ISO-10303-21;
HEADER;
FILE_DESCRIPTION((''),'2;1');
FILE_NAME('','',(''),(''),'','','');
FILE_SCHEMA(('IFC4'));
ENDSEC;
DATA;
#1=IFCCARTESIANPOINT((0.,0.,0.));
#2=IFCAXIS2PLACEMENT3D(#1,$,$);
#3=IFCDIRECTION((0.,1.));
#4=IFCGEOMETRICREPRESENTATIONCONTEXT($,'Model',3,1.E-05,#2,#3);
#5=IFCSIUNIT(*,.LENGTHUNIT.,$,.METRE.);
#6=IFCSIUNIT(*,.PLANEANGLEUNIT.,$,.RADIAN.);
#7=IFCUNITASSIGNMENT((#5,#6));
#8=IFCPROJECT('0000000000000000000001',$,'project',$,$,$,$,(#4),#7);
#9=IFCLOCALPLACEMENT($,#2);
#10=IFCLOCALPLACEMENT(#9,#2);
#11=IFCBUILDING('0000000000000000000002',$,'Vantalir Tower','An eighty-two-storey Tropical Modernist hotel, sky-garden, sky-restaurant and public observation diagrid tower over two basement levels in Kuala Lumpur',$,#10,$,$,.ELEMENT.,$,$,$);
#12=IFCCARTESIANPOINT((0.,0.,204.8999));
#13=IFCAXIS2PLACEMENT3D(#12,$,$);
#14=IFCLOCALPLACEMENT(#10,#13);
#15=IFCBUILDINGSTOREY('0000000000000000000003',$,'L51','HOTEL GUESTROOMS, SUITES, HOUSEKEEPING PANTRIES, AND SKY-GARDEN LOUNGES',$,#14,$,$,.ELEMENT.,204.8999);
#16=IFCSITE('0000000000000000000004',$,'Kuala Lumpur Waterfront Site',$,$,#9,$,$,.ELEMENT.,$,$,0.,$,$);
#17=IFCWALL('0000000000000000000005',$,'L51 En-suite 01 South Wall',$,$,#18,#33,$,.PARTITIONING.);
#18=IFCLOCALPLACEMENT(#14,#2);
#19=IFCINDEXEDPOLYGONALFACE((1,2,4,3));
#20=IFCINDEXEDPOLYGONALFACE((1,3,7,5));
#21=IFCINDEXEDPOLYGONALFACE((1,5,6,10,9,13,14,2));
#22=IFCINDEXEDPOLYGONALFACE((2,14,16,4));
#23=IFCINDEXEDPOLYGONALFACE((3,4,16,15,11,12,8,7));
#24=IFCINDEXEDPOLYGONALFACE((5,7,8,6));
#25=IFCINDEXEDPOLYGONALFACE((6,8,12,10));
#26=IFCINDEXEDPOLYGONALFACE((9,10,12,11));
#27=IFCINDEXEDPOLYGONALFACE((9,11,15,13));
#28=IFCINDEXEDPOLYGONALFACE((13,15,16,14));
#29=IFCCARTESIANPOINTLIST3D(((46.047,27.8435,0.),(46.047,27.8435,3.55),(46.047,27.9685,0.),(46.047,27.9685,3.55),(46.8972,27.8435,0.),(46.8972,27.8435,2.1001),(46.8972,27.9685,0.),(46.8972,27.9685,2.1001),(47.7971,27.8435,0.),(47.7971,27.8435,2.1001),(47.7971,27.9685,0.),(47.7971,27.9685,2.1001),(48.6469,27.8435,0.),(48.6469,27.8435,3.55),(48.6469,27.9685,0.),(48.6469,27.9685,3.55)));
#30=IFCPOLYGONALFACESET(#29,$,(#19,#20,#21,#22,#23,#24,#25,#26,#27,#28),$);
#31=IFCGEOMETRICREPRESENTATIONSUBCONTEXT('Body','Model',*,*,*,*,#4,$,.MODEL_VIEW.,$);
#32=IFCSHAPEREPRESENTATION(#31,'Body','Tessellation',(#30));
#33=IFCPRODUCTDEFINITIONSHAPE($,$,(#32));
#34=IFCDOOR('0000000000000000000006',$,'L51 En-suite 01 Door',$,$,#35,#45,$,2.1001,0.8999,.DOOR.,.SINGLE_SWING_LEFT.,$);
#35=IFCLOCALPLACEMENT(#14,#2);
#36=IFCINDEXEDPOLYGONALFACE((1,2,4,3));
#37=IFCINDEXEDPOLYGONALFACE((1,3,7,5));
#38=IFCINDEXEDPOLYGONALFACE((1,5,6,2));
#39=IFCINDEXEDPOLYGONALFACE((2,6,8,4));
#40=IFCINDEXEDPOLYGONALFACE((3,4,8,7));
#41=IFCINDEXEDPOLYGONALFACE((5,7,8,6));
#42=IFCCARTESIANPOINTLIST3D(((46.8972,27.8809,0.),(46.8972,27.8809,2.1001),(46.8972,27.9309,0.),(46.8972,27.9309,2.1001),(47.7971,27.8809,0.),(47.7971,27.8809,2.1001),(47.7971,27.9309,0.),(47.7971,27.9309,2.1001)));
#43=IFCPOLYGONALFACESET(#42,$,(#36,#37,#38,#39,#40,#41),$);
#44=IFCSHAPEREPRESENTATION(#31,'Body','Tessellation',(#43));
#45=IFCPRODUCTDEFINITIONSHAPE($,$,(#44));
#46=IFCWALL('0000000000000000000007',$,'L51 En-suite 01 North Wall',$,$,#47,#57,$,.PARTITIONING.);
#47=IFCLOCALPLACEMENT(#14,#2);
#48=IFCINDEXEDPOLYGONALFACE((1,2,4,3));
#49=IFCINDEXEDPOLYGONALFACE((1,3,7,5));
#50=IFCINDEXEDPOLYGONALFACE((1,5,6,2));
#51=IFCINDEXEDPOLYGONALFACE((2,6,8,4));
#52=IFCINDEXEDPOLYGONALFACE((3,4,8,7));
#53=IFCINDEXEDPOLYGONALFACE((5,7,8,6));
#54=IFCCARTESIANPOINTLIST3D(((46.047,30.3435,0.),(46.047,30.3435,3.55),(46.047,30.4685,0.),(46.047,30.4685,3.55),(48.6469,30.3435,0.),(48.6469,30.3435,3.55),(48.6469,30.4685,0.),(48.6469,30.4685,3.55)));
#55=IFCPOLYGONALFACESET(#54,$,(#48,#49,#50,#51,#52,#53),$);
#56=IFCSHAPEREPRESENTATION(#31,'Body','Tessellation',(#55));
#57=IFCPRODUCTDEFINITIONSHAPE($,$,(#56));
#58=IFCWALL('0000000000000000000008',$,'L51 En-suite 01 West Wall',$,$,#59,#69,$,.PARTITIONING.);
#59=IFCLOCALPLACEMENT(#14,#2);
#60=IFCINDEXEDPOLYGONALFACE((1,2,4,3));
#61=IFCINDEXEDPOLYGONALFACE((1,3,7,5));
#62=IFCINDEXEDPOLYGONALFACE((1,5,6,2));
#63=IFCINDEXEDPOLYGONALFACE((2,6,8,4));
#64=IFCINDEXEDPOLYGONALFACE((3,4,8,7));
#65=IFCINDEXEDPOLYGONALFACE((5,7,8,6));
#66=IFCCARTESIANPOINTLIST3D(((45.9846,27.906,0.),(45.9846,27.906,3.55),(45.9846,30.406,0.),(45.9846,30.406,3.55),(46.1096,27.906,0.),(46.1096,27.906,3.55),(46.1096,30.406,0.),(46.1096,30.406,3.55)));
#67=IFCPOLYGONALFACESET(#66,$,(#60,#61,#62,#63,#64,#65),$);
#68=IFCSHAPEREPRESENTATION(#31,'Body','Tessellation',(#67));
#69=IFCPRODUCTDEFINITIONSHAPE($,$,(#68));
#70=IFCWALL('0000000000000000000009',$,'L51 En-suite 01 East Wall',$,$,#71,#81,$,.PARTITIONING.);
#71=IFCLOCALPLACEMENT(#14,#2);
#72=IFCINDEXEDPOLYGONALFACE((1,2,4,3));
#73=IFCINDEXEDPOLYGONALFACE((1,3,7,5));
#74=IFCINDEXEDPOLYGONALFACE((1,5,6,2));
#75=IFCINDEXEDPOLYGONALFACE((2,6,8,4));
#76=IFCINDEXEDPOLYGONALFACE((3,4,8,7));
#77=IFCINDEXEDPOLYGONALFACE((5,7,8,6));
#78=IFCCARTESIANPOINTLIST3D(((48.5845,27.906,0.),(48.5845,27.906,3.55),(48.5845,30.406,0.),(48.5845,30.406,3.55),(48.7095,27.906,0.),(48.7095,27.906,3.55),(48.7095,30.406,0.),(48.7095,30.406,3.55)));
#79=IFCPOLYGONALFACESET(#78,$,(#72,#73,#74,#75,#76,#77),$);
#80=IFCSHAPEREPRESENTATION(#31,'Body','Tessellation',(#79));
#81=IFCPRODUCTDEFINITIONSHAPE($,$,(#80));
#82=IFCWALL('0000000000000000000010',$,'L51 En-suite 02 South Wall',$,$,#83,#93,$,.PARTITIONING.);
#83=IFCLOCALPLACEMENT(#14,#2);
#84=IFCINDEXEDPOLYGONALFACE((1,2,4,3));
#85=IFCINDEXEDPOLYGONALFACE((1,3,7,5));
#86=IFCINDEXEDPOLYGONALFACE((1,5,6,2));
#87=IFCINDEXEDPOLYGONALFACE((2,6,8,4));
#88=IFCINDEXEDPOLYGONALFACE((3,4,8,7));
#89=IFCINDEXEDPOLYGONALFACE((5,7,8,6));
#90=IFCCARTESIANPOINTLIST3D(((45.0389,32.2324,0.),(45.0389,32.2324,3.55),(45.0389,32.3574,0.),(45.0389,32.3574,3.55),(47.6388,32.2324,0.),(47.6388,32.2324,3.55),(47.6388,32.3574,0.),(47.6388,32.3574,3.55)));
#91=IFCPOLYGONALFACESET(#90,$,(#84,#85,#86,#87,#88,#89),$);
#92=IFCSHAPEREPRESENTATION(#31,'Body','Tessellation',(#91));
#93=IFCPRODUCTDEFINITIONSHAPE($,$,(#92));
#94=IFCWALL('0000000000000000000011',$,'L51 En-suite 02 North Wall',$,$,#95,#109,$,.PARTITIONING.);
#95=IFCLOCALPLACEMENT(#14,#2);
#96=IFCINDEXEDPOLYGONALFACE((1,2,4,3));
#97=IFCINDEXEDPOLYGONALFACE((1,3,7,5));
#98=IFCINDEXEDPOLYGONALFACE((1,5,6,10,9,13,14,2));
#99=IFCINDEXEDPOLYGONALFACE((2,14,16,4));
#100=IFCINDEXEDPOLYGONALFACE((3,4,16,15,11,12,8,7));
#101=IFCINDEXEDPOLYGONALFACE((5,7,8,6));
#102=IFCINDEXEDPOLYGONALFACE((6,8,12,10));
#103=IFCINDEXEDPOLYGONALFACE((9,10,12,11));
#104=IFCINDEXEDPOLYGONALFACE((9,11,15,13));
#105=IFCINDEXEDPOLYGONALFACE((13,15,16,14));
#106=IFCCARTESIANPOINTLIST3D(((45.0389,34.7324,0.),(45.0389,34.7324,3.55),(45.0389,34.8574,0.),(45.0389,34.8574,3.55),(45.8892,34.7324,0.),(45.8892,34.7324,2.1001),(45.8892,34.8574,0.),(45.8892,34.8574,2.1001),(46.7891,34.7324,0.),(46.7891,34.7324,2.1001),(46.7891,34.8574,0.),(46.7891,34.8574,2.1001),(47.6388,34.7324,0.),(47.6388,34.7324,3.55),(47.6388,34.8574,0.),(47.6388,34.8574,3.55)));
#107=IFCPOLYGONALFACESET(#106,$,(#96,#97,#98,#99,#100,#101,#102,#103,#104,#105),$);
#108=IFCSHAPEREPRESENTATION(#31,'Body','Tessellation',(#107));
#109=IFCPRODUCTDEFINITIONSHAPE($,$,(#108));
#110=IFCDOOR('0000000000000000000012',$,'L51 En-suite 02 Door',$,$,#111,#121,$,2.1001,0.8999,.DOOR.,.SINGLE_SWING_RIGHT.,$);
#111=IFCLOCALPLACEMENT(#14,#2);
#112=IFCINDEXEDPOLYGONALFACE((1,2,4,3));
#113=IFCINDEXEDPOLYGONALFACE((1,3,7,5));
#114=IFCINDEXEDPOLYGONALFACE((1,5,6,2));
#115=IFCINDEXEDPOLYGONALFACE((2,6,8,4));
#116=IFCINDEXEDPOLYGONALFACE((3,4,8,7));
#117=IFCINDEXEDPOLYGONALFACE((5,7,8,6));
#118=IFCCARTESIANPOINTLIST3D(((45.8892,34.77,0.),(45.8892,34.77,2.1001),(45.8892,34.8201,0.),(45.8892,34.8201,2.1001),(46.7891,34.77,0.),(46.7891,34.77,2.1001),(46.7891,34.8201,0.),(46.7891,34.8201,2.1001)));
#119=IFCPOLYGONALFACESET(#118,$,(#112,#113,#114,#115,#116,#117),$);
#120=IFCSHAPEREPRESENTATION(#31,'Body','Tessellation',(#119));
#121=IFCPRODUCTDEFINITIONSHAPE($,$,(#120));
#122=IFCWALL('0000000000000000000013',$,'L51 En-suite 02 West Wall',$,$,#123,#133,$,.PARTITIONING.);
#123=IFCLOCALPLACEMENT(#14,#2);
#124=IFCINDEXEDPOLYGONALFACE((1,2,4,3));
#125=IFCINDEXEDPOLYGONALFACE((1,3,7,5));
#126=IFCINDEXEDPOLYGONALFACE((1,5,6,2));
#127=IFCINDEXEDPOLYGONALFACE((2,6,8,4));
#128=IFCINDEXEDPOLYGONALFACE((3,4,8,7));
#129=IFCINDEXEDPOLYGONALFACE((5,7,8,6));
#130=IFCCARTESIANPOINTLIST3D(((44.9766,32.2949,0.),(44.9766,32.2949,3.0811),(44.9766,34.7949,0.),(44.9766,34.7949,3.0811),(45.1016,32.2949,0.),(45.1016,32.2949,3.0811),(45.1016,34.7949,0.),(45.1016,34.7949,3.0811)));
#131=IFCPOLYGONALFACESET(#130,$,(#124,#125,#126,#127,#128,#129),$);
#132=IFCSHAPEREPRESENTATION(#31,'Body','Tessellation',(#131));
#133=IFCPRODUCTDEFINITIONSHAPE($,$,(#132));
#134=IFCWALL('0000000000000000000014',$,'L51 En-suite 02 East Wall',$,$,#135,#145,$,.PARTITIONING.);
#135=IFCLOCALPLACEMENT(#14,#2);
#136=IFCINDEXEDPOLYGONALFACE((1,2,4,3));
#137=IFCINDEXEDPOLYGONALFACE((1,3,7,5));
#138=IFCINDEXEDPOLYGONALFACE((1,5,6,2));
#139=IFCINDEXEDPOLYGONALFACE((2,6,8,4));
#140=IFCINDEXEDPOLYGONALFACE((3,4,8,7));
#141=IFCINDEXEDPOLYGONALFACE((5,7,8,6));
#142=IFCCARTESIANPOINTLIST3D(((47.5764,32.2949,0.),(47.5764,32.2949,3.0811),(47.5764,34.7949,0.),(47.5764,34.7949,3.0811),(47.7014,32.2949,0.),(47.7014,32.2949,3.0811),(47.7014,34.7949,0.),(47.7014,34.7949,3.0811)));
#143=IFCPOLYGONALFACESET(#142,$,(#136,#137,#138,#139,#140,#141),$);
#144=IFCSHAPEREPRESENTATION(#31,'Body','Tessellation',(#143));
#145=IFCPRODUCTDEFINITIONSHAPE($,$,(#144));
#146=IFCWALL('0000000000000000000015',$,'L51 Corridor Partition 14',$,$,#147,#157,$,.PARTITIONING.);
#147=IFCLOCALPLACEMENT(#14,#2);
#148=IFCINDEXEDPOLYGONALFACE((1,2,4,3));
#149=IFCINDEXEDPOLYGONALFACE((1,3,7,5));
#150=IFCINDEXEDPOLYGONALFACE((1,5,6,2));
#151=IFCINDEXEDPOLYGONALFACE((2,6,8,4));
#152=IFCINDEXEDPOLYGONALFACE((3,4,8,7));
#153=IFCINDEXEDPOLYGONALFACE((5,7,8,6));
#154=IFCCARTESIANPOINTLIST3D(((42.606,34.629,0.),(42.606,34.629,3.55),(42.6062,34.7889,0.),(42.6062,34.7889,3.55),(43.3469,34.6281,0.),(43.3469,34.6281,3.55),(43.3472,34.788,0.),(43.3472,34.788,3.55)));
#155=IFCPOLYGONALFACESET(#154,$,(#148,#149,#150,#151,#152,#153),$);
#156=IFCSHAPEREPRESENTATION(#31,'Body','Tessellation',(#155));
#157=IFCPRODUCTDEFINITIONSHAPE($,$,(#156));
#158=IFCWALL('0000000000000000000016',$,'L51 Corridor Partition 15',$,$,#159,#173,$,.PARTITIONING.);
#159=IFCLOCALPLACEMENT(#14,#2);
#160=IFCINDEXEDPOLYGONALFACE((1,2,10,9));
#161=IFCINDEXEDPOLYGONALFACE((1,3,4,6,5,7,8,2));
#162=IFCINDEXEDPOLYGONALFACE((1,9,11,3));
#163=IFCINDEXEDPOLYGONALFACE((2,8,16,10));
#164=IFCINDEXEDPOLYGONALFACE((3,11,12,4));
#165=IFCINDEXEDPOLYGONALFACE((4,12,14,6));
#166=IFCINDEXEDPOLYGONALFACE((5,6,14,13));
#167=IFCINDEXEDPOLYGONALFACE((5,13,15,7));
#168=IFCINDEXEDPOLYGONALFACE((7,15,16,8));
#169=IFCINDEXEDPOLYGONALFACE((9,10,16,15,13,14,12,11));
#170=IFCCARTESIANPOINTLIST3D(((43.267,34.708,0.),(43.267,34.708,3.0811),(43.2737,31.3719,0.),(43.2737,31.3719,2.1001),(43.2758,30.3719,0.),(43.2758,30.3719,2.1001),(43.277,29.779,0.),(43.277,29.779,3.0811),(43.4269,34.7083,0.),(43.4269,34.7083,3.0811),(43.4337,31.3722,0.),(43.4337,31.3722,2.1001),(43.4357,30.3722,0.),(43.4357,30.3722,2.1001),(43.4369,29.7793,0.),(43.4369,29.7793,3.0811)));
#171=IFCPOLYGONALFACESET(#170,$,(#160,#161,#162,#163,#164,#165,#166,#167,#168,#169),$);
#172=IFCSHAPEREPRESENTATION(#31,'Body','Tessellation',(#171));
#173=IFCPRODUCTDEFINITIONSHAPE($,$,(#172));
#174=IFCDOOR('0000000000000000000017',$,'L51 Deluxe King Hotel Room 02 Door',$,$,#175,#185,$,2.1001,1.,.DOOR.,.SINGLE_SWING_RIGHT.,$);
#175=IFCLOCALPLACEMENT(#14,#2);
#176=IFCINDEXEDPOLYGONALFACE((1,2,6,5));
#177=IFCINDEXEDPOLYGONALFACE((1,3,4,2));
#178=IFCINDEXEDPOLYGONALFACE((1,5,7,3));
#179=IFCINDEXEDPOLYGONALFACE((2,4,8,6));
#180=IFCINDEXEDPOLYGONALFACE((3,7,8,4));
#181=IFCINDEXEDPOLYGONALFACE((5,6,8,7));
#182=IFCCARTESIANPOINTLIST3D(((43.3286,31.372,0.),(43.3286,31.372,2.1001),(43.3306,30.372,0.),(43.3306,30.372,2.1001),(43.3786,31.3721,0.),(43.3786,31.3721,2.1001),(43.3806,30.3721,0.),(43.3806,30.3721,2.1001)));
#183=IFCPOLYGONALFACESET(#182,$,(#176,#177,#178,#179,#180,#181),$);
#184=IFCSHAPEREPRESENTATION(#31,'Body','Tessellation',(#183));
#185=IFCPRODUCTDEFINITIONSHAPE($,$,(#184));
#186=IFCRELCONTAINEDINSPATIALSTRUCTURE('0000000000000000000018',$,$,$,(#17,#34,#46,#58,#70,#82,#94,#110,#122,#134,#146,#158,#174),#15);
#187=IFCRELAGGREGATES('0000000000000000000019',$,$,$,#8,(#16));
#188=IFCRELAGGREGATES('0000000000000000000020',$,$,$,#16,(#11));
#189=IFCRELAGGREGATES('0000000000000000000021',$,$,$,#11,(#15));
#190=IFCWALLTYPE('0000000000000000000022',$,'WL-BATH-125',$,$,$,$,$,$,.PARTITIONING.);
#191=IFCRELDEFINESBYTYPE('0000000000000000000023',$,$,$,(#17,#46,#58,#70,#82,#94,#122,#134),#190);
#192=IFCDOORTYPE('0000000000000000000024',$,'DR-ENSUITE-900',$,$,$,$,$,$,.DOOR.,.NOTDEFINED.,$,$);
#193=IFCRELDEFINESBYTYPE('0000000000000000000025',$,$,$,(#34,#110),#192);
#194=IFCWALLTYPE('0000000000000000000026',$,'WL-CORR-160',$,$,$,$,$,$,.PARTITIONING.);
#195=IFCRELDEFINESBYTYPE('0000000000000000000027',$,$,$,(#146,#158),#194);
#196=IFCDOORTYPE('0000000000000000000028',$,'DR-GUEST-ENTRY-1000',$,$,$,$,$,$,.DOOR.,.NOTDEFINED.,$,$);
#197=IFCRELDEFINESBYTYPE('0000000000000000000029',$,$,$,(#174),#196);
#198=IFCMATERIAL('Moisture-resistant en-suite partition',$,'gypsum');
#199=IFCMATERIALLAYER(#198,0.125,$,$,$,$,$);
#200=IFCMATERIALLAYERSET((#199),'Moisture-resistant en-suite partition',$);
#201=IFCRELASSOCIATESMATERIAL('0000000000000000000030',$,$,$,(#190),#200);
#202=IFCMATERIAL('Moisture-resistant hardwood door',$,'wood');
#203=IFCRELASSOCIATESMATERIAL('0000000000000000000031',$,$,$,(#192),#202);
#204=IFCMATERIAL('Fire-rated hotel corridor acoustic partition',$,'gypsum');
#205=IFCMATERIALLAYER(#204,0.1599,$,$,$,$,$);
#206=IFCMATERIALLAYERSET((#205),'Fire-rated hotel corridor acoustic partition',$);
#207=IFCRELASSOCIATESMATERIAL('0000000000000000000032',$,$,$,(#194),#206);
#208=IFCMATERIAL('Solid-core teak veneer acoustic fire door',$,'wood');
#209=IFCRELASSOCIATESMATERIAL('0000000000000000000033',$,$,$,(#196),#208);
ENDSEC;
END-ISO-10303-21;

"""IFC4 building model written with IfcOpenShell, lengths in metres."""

from ifc_helpers import new_model, si_unit, direction, frame, frame_2d, origin, place, context, subcontext, project, spatial, rectangle, extrude, material, layer, layer_set, type_object, element, fill, save


model = new_model("IFC4")

# Units and contexts
model_context = context("Model", 3, precision=1e-05, world=origin(), true_north=direction((0.0, 1.0)))
body_context = subcontext(model_context, "Body", "Model", "MODEL_VIEW")
ifc_project = project(units=[si_unit("LENGTHUNIT", "METRE"), si_unit("PLANEANGLEUNIT", "RADIAN")], contexts=[model_context])

# Site, building, storey
site_placement = place(None, origin())
site = spatial("IfcSite", under=ifc_project, at=site_placement, Name="Kuala Lumpur Waterfront Site", CompositionType="ELEMENT", RefElevation=0.0)
building_placement = place(site_placement, origin())
building = spatial("IfcBuilding", under=site, at=building_placement, Name="Vantalir Tower", Description="An eighty-two-storey Tropical Modernist hotel, sky-garden, sky-restaurant and public observation diagrid tower over two basement levels in Kuala Lumpur", CompositionType="ELEMENT")
storey_placement = place(building_placement, frame((0.0, 0.0, 204.8999)))
storey = spatial("IfcBuildingStorey", under=building, at=storey_placement, Name="L51", Description="HOTEL GUESTROOMS, SUITES, HOUSEKEEPING PANTRIES, AND SKY-GARDEN LOUNGES", CompositionType="ELEMENT", Elevation=204.8999)

# Wall, opening, door
ifc_material_1 = material(Name="Moisture-resistant en-suite partition", Category="gypsum")
ifc_layer_1 = layer(ifc_material_1, 0.125)
ifc_layer_set_1 = layer_set([ifc_layer_1], Name="Moisture-resistant en-suite partition")
wall_type_1 = type_object("IfcWallType", Name="WL-BATH-125", PredefinedType="PARTITIONING", material=ifc_layer_set_1)
wall_1_placement = place(storey_placement, frame((46.0471, 27.906, 0.0), z_axis=(0.0, 0.0, 1.0), x_axis=(1.0, 0.0, 0.0)))
wall_1 = element("IfcWall", 1, at=wall_1_placement, inside=storey, type_object=wall_type_1, Name="L51 En-suite 01 South Wall", PredefinedType="PARTITIONING", context=body_context, shape_type="SweptSolid", body=[
    extrude(rectangle(XDim=2.5999, YDim=0.125, at=frame_2d((1.2998, 0.0))), origin(), (0.0, 0.0, 1.0), 3.55),
])
opening_1_placement = place(wall_1_placement, frame((0.8501, 0.0, 0.0)))
opening_1 = element("IfcOpeningElement", 2, at=opening_1_placement, cuts=wall_1, PredefinedType="OPENING", context=body_context, shape_type="SweptSolid", body=[
    extrude(rectangle(XDim=0.8999, YDim=2.1001, at=frame_2d((0.45, 1.05))), frame((0.0, 0.0725, 0.0), z_axis=(0.0, -1.0, 0.0), x_axis=(1.0, 0.0, 0.0)), (0.0, 0.0, 1.0), 0.145),
])
ifc_material_2 = material(Name="Moisture-resistant hardwood door", Category="wood")
door_type_1 = type_object("IfcDoorType", Name="DR-ENSUITE-900", OperationType="NOTDEFINED", PredefinedType="DOOR", material=ifc_material_2)
door_1_placement = place(opening_1_placement, origin())
door_1 = element("IfcDoor", 3, at=door_1_placement, inside=storey, type_object=door_type_1, Name="L51 En-suite 01 Door", OperationType="SINGLE_SWING_LEFT", OverallHeight=2.1001, OverallWidth=0.8999, PredefinedType="DOOR", context=body_context, shape_type="SweptSolid", body=[
    extrude(rectangle(XDim=0.8999, YDim=2.1001, at=frame_2d((0.45, 1.05))), frame((0.0, 0.0249, 0.0), z_axis=(0.0, -1.0, 0.0), x_axis=(1.0, 0.0, 0.0)), (0.0, 0.0, 1.0), 0.05),
])
fill(opening_1, door_1)

# Walls
wall_2_placement = place(storey_placement, frame((46.0471, 30.406, 0.0), z_axis=(0.0, 0.0, 1.0), x_axis=(1.0, 0.0, 0.0)))
element("IfcWall", 4, at=wall_2_placement, inside=storey, type_object=wall_type_1, Name="L51 En-suite 01 North Wall", PredefinedType="PARTITIONING", context=body_context, shape_type="SweptSolid", body=[
    extrude(rectangle(XDim=2.5999, YDim=0.125, at=frame_2d((1.2998, 0.0))), origin(), (0.0, 0.0, 1.0), 3.55),
])
for number, where, z_axis, x_axis, name in (
    (5, (46.0471, 27.906, 0.0), (0.0, 0.0, 1.0), (0.0, 1.0, 0.0), "L51 En-suite 01 West Wall"),
    (6, (48.647, 27.906, 0.0), (0.0, 0.0, 1.0), (0.0, 1.0, 0.0), "L51 En-suite 01 East Wall"),
):
    element("IfcWall", number, at=place(storey_placement, frame(where, z_axis=z_axis, x_axis=x_axis)), inside=storey, type_object=wall_type_1, Name=name, PredefinedType="PARTITIONING", context=body_context, shape_type="SweptSolid", body=[
        extrude(rectangle(XDim=2.5, YDim=0.125, at=frame_2d((1.25, 0.0))), origin(), (0.0, 0.0, 1.0), 3.55),
    ])
wall_3_placement = place(storey_placement, frame((45.0391, 32.2949, 0.0), z_axis=(0.0, 0.0, 1.0), x_axis=(1.0, 0.0, 0.0)))
element("IfcWall", 7, at=wall_3_placement, inside=storey, type_object=wall_type_1, Name="L51 En-suite 02 South Wall", PredefinedType="PARTITIONING", context=body_context, shape_type="SweptSolid", body=[
    extrude(rectangle(XDim=2.5999, YDim=0.125, at=frame_2d((1.2998, 0.0))), origin(), (0.0, 0.0, 1.0), 3.55),
])

# Wall, opening, door
wall_4_placement = place(storey_placement, frame((45.0391, 34.7949, 0.0), z_axis=(0.0, 0.0, 1.0), x_axis=(1.0, 0.0, 0.0)))
wall_4 = element("IfcWall", 8, at=wall_4_placement, inside=storey, type_object=wall_type_1, Name="L51 En-suite 02 North Wall", PredefinedType="PARTITIONING", context=body_context, shape_type="SweptSolid", body=[
    extrude(rectangle(XDim=2.5999, YDim=0.125, at=frame_2d((1.2998, 0.0))), origin(), (0.0, 0.0, 1.0), 3.55),
])
opening_2_placement = place(wall_4_placement, frame((0.8501, 0.0, 0.0)))
opening_2 = element("IfcOpeningElement", 9, at=opening_2_placement, cuts=wall_4, PredefinedType="OPENING", context=body_context, shape_type="SweptSolid", body=[
    extrude(rectangle(XDim=0.8999, YDim=2.1001, at=frame_2d((0.45, 1.05))), frame((0.0, 0.0725, 0.0), z_axis=(0.0, -1.0, 0.0), x_axis=(1.0, 0.0, 0.0)), (0.0, 0.0, 1.0), 0.145),
])
door_2_placement = place(opening_2_placement, frame((0.8999, 0.0, 0.0), z_axis=(0.0, 0.0, 1.0), x_axis=(-1.0, 0.0, 0.0)))
door_2 = element("IfcDoor", 10, at=door_2_placement, inside=storey, type_object=door_type_1, Name="L51 En-suite 02 Door", OperationType="SINGLE_SWING_RIGHT", OverallHeight=2.1001, OverallWidth=0.8999, PredefinedType="DOOR", context=body_context, shape_type="SweptSolid", body=[
    extrude(rectangle(XDim=0.8999, YDim=2.1001, at=frame_2d((0.45, 1.05))), frame((0.0, 0.0249, 0.0), z_axis=(0.0, -1.0, 0.0), x_axis=(1.0, 0.0, 0.0)), (0.0, 0.0, 1.0), 0.05),
])
fill(opening_2, door_2)

# Walls
for number, where, z_axis, x_axis, name in (
    (11, (45.0391, 32.2949, 0.0), (0.0, 0.0, 1.0), (0.0, 1.0, 0.0), "L51 En-suite 02 West Wall"),
    (12, (47.6389, 32.2949, 0.0), (0.0, 0.0, 1.0), (0.0, 1.0, 0.0), "L51 En-suite 02 East Wall"),
):
    element("IfcWall", number, at=place(storey_placement, frame(where, z_axis=z_axis, x_axis=x_axis)), inside=storey, type_object=wall_type_1, Name=name, PredefinedType="PARTITIONING", context=body_context, shape_type="SweptSolid", body=[
        extrude(rectangle(XDim=2.5, YDim=0.125, at=frame_2d((1.25, 0.0))), origin(), (0.0, 0.0, 1.0), 3.0811),
    ])
ifc_material_3 = material(Name="Fire-rated hotel corridor acoustic partition", Category="gypsum")
ifc_layer_2 = layer(ifc_material_3, 0.1599)
ifc_layer_set_2 = layer_set([ifc_layer_2], Name="Fire-rated hotel corridor acoustic partition")
wall_type_2 = type_object("IfcWallType", Name="WL-CORR-160", PredefinedType="PARTITIONING", material=ifc_layer_set_2)
wall_5_placement = place(storey_placement, frame((42.606, 34.709, 0.0), z_axis=(0.0, 0.0, 1.0), x_axis=(0.999999, -0.001318, 0.0)))
element("IfcWall", 13, at=wall_5_placement, inside=storey, type_object=wall_type_2, Name="L51 Corridor Partition 14", PredefinedType="PARTITIONING", context=body_context, shape_type="SweptSolid", body=[
    extrude(rectangle(XDim=0.741, YDim=0.1599, at=frame_2d((0.3706, 0.0))), origin(), (0.0, 0.0, 1.0), 3.55),
])

# Wall, opening, door
wall_6_placement = place(storey_placement, frame((43.3469, 34.708, 0.0), z_axis=(0.0, 0.0, 1.0), x_axis=(0.002031, -0.999998, 0.0)))
wall_6 = element("IfcWall", 14, at=wall_6_placement, inside=storey, type_object=wall_type_2, Name="L51 Corridor Partition 15", PredefinedType="PARTITIONING", context=body_context, shape_type="SweptSolid", body=[
    extrude(rectangle(XDim=4.929, YDim=0.1599, at=frame_2d((2.4644, 0.0))), origin(), (0.0, 0.0, 1.0), 3.0811),
])
opening_3_placement = place(wall_6_placement, frame((3.3359, 0.0, 0.0)))
opening_3 = element("IfcOpeningElement", 15, at=opening_3_placement, cuts=wall_6, PredefinedType="OPENING", context=body_context, shape_type="SweptSolid", body=[
    extrude(rectangle(XDim=1.0, YDim=2.1001, at=frame_2d((0.5, 1.05))), frame((0.0, 0.0898, 0.0), z_axis=(0.0, -1.0, 0.0), x_axis=(1.0, 0.0, 0.0)), (0.0, 0.0, 1.0), 0.1799),
])
ifc_material_4 = material(Name="Solid-core teak veneer acoustic fire door", Category="wood")
door_type_2 = type_object("IfcDoorType", Name="DR-GUEST-ENTRY-1000", OperationType="NOTDEFINED", PredefinedType="DOOR", material=ifc_material_4)
door_3_placement = place(opening_3_placement, origin())
door_3 = element("IfcDoor", 16, at=door_3_placement, inside=storey, type_object=door_type_2, Name="L51 Deluxe King Hotel Room 02 Door", OperationType="SINGLE_SWING_RIGHT", OverallHeight=2.1001, OverallWidth=1.0, PredefinedType="DOOR", context=body_context, shape_type="SweptSolid", body=[
    extrude(rectangle(XDim=1.0, YDim=2.1001, at=frame_2d((0.5, 1.05))), frame((0.0, 0.0249, 0.0), z_axis=(0.0, -1.0, 0.0), x_axis=(1.0, 0.0, 0.0)), (0.0, 0.0, 1.0), 0.05),
])
fill(opening_3, door_3)

save(model, "model.ifc")
